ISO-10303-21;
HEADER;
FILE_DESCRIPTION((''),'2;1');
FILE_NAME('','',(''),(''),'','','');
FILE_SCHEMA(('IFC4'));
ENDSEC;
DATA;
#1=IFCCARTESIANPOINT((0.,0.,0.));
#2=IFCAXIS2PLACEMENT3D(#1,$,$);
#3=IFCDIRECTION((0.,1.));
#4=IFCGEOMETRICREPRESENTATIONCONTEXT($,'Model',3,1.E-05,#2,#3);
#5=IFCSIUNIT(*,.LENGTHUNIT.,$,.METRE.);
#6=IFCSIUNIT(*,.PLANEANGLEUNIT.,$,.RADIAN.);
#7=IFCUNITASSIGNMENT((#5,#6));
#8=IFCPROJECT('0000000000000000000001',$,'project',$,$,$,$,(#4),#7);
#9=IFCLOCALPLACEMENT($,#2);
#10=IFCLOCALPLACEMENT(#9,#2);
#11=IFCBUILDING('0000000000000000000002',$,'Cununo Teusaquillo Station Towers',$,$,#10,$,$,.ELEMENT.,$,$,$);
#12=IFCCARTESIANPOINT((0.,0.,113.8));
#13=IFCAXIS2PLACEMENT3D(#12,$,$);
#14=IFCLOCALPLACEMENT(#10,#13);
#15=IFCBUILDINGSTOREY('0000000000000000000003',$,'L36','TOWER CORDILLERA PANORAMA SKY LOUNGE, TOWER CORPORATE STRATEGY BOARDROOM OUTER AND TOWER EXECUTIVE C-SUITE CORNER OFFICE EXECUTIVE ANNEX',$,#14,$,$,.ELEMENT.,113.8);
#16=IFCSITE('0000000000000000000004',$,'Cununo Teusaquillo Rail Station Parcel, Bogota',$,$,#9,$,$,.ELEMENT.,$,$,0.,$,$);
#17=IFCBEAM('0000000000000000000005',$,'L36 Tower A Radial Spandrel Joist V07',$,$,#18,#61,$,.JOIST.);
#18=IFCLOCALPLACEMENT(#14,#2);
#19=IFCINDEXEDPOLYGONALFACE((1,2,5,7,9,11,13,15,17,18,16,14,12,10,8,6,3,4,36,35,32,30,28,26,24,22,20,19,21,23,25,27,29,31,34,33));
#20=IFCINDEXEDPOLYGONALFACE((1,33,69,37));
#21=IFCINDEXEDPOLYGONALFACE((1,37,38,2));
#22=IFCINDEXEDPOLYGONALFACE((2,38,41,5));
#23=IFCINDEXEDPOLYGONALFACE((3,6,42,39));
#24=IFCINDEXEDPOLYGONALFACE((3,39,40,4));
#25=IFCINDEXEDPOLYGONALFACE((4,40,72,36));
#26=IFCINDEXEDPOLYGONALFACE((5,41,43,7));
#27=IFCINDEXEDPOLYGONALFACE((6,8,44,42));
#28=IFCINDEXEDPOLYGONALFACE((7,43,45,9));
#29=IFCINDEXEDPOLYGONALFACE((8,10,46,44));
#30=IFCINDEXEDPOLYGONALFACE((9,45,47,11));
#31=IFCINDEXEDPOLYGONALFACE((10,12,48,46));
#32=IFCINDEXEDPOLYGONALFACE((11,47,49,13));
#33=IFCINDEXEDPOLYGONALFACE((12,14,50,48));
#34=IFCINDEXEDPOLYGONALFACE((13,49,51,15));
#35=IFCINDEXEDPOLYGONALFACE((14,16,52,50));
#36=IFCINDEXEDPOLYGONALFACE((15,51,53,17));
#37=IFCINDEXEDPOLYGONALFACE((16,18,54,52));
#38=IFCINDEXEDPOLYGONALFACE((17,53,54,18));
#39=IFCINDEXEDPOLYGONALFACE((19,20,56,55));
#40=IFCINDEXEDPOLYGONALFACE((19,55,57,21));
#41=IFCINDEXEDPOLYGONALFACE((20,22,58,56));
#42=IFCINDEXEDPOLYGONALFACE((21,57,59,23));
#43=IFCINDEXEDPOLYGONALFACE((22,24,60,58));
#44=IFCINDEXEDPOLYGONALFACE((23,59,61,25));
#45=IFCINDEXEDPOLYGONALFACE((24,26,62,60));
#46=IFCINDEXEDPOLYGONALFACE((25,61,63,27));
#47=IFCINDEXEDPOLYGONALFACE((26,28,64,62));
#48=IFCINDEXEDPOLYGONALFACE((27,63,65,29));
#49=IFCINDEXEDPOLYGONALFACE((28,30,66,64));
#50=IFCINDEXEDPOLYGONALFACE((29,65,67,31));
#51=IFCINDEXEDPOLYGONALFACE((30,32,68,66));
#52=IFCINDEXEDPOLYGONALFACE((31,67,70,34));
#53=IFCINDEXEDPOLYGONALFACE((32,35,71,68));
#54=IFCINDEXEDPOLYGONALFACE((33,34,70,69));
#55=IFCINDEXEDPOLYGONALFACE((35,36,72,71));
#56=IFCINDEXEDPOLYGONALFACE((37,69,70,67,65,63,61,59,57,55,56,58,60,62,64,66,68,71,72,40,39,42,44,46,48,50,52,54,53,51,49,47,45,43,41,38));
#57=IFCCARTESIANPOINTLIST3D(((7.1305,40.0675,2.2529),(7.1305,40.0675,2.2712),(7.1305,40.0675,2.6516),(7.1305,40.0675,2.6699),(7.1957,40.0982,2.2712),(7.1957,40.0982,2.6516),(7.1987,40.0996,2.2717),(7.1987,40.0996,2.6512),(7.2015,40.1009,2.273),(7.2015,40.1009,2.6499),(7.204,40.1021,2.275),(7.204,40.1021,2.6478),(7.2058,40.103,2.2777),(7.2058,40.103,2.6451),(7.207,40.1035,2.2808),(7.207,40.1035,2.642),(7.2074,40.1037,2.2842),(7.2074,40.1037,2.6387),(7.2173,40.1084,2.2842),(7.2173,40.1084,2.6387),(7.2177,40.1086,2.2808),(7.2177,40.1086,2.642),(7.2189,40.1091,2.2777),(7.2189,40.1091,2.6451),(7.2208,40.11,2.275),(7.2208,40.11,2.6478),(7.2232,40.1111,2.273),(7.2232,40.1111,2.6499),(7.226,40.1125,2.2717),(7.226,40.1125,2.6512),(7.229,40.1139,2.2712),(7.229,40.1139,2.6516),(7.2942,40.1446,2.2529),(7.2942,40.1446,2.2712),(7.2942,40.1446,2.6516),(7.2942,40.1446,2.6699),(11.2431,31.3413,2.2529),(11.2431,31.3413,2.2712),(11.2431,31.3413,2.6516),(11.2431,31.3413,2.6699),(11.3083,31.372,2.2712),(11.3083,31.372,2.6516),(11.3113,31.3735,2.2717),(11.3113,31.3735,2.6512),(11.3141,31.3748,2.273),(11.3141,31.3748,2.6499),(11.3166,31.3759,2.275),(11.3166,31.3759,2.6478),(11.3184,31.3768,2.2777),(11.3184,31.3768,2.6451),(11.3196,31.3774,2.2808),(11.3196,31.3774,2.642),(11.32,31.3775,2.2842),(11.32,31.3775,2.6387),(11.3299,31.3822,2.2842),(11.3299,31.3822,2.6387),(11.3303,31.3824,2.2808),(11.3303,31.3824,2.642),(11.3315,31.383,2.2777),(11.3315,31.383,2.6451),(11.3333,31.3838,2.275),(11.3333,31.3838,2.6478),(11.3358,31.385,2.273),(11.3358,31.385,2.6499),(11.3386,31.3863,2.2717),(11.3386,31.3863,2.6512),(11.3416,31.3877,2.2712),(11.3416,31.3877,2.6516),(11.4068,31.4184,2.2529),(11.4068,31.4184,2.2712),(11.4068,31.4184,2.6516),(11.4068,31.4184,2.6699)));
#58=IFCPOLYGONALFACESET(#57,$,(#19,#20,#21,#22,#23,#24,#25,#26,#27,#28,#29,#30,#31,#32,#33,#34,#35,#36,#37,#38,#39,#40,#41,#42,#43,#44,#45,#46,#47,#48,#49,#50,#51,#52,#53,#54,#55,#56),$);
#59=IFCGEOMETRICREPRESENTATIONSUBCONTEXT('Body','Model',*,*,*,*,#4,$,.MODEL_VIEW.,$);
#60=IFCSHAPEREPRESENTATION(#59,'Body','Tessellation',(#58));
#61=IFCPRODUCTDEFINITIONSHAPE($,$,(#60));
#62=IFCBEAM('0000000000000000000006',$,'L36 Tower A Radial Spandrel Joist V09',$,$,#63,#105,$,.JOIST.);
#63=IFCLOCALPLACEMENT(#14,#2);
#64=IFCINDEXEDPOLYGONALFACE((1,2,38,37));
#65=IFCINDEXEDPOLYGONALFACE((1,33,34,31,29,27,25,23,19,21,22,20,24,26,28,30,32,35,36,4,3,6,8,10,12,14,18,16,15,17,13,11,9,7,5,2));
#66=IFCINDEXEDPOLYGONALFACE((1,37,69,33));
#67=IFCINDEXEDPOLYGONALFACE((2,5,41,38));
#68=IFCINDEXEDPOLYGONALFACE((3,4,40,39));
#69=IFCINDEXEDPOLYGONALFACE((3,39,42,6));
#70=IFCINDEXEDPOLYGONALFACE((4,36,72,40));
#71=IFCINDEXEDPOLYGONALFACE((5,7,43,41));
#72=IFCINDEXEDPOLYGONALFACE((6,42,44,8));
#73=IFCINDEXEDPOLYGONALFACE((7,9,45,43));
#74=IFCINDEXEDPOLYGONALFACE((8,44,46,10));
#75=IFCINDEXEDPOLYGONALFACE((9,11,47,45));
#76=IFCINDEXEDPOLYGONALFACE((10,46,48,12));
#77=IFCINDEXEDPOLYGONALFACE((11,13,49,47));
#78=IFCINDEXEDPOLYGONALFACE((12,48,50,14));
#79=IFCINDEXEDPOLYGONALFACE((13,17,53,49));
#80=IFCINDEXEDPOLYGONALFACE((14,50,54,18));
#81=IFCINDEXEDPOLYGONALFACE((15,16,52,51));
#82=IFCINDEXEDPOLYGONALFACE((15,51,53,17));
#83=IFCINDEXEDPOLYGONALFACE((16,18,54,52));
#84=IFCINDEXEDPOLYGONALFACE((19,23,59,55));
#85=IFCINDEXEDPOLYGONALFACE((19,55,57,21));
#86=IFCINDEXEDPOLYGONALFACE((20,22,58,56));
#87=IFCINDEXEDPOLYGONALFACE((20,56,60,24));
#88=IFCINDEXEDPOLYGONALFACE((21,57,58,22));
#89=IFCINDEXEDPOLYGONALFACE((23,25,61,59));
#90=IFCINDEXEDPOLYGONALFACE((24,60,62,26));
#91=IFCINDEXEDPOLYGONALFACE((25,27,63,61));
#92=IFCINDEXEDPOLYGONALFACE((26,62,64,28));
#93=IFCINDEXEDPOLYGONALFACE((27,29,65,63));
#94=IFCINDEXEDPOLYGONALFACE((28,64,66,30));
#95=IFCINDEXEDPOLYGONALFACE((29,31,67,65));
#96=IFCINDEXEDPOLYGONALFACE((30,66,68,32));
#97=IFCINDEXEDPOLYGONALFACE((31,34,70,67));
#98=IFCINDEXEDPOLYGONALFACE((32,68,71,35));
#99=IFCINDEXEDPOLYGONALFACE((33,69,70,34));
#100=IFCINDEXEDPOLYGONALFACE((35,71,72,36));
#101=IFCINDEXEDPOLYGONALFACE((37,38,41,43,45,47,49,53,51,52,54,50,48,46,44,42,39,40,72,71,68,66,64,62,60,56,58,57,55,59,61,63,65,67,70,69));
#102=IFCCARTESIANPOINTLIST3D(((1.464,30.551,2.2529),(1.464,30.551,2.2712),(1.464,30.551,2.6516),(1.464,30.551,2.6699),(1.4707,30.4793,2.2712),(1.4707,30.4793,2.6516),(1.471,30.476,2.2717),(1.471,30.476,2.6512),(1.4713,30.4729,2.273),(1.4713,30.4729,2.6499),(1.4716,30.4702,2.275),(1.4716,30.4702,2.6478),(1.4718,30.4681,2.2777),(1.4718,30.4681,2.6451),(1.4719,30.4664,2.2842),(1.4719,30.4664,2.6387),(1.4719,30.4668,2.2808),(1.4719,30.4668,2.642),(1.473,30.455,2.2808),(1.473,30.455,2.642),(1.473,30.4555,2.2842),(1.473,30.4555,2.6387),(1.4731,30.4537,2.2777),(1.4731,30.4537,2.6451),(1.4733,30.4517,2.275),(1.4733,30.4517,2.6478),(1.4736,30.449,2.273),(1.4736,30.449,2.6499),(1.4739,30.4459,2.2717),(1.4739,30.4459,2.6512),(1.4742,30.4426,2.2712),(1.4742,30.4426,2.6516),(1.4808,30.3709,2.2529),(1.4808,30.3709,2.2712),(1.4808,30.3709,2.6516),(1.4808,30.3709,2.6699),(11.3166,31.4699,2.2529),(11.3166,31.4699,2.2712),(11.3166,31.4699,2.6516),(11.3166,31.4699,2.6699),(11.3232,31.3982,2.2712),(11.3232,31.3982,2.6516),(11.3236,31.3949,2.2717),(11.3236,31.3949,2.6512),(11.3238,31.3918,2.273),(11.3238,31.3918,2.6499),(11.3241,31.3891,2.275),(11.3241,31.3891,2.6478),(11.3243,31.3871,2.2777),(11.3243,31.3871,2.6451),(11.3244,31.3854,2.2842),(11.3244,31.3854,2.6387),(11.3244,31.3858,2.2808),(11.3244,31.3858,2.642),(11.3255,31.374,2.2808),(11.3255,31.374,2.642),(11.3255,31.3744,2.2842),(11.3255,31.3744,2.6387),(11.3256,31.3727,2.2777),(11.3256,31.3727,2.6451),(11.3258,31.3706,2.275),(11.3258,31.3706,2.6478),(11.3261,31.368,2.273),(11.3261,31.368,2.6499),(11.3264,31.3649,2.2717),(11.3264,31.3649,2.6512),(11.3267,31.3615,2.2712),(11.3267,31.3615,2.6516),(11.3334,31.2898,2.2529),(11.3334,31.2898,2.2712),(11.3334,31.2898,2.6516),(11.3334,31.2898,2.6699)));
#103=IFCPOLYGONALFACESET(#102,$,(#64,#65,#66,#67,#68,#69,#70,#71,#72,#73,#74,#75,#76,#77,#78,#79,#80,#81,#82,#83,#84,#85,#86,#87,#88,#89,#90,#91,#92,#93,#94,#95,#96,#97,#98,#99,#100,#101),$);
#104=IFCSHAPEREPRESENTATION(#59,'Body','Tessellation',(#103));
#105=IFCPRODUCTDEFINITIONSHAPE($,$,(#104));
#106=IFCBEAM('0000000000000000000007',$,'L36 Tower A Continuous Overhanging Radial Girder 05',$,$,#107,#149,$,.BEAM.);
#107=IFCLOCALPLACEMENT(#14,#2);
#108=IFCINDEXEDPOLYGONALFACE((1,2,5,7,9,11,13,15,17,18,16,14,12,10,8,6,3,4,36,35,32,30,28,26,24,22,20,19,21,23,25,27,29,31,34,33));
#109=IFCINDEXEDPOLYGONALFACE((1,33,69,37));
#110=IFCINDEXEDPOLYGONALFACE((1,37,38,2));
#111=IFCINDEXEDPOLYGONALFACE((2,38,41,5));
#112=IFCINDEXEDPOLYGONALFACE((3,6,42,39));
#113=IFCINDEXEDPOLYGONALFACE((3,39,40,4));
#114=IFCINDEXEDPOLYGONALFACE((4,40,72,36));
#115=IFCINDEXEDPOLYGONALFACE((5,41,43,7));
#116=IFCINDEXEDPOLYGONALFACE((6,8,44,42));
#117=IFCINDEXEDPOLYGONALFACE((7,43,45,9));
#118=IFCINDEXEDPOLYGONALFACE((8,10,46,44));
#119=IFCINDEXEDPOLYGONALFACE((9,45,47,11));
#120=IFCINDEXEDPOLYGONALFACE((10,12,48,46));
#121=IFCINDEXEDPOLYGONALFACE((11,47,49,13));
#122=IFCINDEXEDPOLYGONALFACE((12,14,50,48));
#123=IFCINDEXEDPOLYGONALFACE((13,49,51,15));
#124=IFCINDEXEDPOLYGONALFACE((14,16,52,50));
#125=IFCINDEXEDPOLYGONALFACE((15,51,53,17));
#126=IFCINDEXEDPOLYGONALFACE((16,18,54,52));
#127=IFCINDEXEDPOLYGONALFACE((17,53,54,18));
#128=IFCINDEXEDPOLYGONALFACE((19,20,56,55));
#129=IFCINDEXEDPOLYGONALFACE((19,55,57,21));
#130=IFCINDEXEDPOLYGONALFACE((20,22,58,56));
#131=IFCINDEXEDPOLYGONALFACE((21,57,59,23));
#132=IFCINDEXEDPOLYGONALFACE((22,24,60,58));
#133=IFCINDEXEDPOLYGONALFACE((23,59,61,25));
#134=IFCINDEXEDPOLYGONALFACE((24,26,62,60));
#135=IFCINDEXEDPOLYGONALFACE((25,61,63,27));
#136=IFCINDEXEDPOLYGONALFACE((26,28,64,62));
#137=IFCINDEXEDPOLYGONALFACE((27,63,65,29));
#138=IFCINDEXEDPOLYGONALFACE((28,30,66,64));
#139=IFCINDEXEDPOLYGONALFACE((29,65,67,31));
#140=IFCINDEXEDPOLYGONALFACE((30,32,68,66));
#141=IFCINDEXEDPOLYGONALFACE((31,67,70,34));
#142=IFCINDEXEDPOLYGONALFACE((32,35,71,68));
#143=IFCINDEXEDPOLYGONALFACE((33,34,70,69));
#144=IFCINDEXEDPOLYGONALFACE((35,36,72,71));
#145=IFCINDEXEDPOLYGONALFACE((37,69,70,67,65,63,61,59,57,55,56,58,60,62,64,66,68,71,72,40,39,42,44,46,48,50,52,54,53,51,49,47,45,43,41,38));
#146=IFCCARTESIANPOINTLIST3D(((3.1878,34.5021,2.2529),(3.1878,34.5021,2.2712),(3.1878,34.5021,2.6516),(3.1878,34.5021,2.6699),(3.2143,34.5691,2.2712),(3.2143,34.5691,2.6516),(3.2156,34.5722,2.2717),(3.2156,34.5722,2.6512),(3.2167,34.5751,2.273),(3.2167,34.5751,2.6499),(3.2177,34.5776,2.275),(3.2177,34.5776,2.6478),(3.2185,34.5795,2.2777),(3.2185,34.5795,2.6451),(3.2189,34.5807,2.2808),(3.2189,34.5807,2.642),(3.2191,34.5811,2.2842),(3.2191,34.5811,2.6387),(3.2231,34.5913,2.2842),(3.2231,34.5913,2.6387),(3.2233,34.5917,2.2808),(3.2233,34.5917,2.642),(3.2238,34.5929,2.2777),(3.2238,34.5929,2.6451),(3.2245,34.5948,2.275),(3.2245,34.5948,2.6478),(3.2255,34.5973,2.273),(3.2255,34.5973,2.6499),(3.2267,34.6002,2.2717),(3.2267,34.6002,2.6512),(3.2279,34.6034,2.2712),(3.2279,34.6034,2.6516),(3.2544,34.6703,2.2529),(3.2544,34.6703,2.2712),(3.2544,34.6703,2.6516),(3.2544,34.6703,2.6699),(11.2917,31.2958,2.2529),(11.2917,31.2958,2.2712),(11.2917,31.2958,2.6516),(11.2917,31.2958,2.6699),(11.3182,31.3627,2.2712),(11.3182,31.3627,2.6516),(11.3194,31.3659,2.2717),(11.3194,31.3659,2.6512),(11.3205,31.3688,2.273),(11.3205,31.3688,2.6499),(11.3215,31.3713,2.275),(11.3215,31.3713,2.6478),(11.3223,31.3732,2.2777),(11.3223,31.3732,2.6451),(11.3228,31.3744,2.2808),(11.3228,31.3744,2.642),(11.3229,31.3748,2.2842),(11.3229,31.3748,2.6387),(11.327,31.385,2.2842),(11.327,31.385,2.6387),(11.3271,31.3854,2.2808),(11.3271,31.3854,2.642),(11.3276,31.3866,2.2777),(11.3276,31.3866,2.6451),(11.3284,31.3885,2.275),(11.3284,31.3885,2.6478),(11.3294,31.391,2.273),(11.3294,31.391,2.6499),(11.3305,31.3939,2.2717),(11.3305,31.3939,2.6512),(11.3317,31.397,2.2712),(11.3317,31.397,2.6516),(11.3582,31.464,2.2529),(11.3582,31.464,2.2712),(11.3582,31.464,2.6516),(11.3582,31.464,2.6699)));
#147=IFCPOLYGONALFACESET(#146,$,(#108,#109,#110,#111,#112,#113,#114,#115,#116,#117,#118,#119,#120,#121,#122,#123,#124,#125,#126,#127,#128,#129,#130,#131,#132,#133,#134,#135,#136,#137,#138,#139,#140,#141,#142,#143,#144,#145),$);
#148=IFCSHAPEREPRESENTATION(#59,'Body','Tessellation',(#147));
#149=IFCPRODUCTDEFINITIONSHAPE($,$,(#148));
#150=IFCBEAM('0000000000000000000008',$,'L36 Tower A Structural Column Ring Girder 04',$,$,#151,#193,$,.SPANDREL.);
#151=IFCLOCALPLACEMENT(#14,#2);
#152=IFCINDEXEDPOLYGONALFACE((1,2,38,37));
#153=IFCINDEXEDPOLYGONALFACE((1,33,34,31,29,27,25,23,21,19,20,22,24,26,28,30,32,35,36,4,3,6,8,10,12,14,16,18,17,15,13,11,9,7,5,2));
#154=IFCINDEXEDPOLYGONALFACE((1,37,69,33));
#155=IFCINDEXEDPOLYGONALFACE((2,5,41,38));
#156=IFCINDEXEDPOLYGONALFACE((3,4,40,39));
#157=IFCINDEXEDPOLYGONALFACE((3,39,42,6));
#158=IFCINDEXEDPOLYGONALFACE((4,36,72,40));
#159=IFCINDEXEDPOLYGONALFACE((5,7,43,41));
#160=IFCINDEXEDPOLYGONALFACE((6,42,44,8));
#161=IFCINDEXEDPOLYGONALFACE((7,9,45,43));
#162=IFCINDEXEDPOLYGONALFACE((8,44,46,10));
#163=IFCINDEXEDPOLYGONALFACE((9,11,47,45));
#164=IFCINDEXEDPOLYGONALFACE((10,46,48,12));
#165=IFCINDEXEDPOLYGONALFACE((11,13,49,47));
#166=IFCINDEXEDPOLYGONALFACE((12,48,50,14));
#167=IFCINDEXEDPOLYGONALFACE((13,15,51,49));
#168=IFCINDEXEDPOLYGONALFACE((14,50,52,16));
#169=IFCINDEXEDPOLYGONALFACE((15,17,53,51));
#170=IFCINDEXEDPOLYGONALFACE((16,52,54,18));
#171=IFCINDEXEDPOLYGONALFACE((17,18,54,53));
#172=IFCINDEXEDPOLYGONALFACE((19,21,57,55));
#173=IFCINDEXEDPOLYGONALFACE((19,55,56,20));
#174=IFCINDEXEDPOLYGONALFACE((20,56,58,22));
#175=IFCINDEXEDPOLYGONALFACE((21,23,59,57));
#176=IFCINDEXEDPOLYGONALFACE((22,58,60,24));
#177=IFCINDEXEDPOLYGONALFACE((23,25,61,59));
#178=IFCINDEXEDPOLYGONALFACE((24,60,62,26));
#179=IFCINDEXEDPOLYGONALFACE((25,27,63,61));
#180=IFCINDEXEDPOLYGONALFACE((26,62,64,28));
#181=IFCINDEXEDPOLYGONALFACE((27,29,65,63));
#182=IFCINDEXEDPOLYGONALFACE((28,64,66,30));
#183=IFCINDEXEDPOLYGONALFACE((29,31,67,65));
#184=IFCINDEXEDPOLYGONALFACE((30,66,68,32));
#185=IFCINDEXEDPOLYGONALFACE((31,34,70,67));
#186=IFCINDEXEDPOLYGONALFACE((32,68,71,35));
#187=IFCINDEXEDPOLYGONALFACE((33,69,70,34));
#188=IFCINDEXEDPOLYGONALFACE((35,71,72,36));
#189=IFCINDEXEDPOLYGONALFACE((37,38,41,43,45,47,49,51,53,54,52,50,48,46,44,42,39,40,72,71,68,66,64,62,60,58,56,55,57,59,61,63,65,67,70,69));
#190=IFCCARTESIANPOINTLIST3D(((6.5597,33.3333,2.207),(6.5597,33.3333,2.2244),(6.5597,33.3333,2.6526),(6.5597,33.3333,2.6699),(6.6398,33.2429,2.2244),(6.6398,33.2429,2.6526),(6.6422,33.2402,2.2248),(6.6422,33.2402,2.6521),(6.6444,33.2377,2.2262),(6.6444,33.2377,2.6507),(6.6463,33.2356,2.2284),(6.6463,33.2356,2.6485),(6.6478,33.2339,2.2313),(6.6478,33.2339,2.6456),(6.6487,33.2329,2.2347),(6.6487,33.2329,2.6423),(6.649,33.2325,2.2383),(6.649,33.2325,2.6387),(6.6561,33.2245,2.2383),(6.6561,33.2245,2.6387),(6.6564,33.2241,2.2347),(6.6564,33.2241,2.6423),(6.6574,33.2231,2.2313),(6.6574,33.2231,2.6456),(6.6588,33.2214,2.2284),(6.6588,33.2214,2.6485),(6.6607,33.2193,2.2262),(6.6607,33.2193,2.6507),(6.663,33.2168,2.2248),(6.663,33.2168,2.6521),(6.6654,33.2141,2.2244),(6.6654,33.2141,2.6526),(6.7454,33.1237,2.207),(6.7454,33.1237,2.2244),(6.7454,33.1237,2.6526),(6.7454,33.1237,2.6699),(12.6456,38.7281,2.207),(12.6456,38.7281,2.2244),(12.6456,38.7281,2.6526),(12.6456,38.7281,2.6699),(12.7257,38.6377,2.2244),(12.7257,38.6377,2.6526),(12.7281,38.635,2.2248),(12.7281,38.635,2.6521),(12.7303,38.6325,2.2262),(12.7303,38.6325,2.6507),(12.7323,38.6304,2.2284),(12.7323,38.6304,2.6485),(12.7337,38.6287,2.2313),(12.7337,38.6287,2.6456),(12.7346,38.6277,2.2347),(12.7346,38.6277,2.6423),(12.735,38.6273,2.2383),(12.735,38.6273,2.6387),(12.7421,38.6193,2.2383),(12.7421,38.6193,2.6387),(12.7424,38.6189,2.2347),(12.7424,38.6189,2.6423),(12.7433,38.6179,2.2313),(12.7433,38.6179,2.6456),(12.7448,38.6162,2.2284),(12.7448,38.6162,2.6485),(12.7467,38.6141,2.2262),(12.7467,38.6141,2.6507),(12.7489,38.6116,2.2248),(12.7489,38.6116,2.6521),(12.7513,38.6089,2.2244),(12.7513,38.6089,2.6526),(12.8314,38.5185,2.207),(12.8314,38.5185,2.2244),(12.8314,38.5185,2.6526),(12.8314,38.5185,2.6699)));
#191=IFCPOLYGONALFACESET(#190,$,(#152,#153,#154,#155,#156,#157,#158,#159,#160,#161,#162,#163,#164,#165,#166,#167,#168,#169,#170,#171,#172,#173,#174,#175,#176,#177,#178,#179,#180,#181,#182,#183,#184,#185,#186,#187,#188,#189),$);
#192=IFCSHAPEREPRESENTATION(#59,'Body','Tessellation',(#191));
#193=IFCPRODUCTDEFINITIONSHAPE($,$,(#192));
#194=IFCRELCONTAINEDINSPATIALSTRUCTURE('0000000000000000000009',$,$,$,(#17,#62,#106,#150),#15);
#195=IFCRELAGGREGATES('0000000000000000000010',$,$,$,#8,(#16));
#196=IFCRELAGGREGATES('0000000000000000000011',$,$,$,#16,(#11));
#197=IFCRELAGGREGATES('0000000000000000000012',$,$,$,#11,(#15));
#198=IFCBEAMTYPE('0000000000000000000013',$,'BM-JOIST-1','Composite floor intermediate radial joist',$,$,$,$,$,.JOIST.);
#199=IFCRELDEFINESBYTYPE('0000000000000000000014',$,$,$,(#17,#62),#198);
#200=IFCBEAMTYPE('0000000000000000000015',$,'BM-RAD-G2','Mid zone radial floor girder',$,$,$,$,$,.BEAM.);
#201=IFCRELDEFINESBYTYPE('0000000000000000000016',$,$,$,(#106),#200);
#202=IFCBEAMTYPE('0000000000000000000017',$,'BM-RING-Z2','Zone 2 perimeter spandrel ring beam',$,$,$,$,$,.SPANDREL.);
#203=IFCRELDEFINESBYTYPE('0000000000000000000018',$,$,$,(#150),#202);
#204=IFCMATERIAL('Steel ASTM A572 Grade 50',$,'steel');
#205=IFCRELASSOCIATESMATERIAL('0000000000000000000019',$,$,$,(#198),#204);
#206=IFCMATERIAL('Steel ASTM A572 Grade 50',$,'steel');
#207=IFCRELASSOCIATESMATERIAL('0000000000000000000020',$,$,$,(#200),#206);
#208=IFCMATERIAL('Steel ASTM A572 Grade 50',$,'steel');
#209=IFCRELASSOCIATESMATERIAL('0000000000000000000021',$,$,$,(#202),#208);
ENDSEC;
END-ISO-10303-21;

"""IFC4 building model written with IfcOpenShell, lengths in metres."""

from ifc_helpers import new_model, si_unit, direction, frame, origin, origin_2d, place, context, subcontext, project, spatial, i_section, extrude, material, material_profile, profile_set, type_object, element, save


model = new_model("IFC4")

# Units and contexts
model_context = context("Model", 3, precision=1e-05, world=origin(), true_north=direction((0.0, 1.0)))
body_context = subcontext(model_context, "Body", "Model", "MODEL_VIEW")
ifc_project = project(units=[si_unit("LENGTHUNIT", "METRE"), si_unit("PLANEANGLEUNIT", "RADIAN")], contexts=[model_context])

# Site, building, storey
site_placement = place(None, origin())
site = spatial("IfcSite", under=ifc_project, at=site_placement, Name="Cununo Teusaquillo Rail Station Parcel, Bogota", CompositionType="ELEMENT", RefElevation=0.0)
building_placement = place(site_placement, origin())
building = spatial("IfcBuilding", under=site, at=building_placement, Name="Cununo Teusaquillo Station Towers", CompositionType="ELEMENT")
storey_placement = place(building_placement, frame((0.0, 0.0, 113.8)))
storey = spatial("IfcBuildingStorey", under=building, at=storey_placement, Name="L36", Description="TOWER CORDILLERA PANORAMA SKY LOUNGE, TOWER CORPORATE STRATEGY BOARDROOM OUTER AND TOWER EXECUTIVE C-SUITE CORNER OFFICE EXECUTIVE ANNEX", CompositionType="ELEMENT", Elevation=113.8)

# Beams
ifc_material_1 = material(Name="Steel ASTM A572 Grade 50", Category="steel")
ifc_material_profile_1 = material_profile(ifc_material_1, i_section(OverallWidth=0.1809, OverallDepth=0.417, WebThickness=0.011, FlangeThickness=0.0183, FilletRadius=0.0129, at=origin_2d()), Name="W16X57")
ifc_profile_set_1 = profile_set([ifc_material_profile_1], Name="Steel ASTM A572 Grade 50")
beam_type_1 = type_object("IfcBeamType", Name="BM-JOIST-1", Description="Composite floor intermediate radial joist", PredefinedType="JOIST", material=ifc_profile_set_1)
beam_1_placement = place(storey_placement, frame((11.325, 31.3799, 2.4614), z_axis=(-0.42632, 0.904572, 0.0), x_axis=(-0.904572, -0.42632, 0.0)))
element("IfcBeam", 1, at=beam_1_placement, inside=storey, type_object=beam_type_1, Name="L36 Tower A Radial Spandrel Joist V07", PredefinedType="JOIST", context=body_context, shape_type="SweptSolid", body=[
    extrude(i_section(OverallWidth=0.1809, OverallDepth=0.417, WebThickness=0.011, FlangeThickness=0.0183, FilletRadius=0.0129, at=origin_2d()), origin(), (0.0, 0.0, 1.0), 9.6467),
])
beam_2_placement = place(storey_placement, frame((11.325, 31.3799, 2.4614), z_axis=(-0.995679, -0.092867, 0.0), x_axis=(0.092867, -0.995679, 0.0)))
element("IfcBeam", 2, at=beam_2_placement, inside=storey, type_object=beam_type_1, Name="L36 Tower A Radial Spandrel Joist V09", PredefinedType="JOIST", context=body_context, shape_type="SweptSolid", body=[
    extrude(i_section(OverallWidth=0.1809, OverallDepth=0.417, WebThickness=0.011, FlangeThickness=0.0183, FilletRadius=0.0129, at=origin_2d()), origin(), (0.0, 0.0, 1.0), 9.8953),
])
ifc_material_2 = material(Name="Steel ASTM A572 Grade 50", Category="steel")
ifc_material_profile_2 = material_profile(ifc_material_2, i_section(OverallWidth=0.1809, OverallDepth=0.417, WebThickness=0.011, FlangeThickness=0.0183, FilletRadius=0.0129, at=origin_2d()), Name="W16X57")
ifc_profile_set_2 = profile_set([ifc_material_profile_2], Name="Steel ASTM A572 Grade 50")
beam_type_2 = type_object("IfcBeamType", Name="BM-RAD-G2", Description="Mid zone radial floor girder", PredefinedType="BEAM", material=ifc_profile_set_2)
beam_3_placement = place(storey_placement, frame((11.325, 31.3799, 2.4614), z_axis=(-0.929863, 0.367906, 0.0), x_axis=(-0.367906, -0.929863, 0.0)))
element("IfcBeam", 3, at=beam_3_placement, inside=storey, type_object=beam_type_2, Name="L36 Tower A Continuous Overhanging Radial Girder 05", PredefinedType="BEAM", context=body_context, shape_type="SweptSolid", body=[
    extrude(i_section(OverallWidth=0.1809, OverallDepth=0.417, WebThickness=0.011, FlangeThickness=0.0183, FilletRadius=0.0129, at=origin_2d()), origin(), (0.0, 0.0, 1.0), 8.7151),
])
ifc_material_3 = material(Name="Steel ASTM A572 Grade 50", Category="steel")
ifc_material_profile_3 = material_profile(ifc_material_3, i_section(OverallWidth=0.28, OverallDepth=0.4629, WebThickness=0.0107, FlangeThickness=0.0173, FilletRadius=0.0139, at=origin_2d()), Name="W18X76")
ifc_profile_set_3 = profile_set([ifc_material_profile_3], Name="Steel ASTM A572 Grade 50")
beam_type_3 = type_object("IfcBeamType", Name="BM-RING-Z2", Description="Zone 2 perimeter spandrel ring beam", PredefinedType="SPANDREL", material=ifc_profile_set_3)
beam_4_placement = place(storey_placement, frame((12.7385, 38.6233, 2.4385), z_axis=(-0.748321, -0.663337, 0.0), x_axis=(0.663337, -0.748321, 0.0)))
element("IfcBeam", 4, at=beam_4_placement, inside=storey, type_object=beam_type_3, Name="L36 Tower A Structural Column Ring Girder 04", PredefinedType="SPANDREL", context=body_context, shape_type="SweptSolid", body=[
    extrude(i_section(OverallWidth=0.28, OverallDepth=0.4629, WebThickness=0.0107, FlangeThickness=0.0173, FilletRadius=0.0139, at=origin_2d()), origin(), (0.0, 0.0, 1.0), 8.1328),
])

save(model, "model.ifc")
